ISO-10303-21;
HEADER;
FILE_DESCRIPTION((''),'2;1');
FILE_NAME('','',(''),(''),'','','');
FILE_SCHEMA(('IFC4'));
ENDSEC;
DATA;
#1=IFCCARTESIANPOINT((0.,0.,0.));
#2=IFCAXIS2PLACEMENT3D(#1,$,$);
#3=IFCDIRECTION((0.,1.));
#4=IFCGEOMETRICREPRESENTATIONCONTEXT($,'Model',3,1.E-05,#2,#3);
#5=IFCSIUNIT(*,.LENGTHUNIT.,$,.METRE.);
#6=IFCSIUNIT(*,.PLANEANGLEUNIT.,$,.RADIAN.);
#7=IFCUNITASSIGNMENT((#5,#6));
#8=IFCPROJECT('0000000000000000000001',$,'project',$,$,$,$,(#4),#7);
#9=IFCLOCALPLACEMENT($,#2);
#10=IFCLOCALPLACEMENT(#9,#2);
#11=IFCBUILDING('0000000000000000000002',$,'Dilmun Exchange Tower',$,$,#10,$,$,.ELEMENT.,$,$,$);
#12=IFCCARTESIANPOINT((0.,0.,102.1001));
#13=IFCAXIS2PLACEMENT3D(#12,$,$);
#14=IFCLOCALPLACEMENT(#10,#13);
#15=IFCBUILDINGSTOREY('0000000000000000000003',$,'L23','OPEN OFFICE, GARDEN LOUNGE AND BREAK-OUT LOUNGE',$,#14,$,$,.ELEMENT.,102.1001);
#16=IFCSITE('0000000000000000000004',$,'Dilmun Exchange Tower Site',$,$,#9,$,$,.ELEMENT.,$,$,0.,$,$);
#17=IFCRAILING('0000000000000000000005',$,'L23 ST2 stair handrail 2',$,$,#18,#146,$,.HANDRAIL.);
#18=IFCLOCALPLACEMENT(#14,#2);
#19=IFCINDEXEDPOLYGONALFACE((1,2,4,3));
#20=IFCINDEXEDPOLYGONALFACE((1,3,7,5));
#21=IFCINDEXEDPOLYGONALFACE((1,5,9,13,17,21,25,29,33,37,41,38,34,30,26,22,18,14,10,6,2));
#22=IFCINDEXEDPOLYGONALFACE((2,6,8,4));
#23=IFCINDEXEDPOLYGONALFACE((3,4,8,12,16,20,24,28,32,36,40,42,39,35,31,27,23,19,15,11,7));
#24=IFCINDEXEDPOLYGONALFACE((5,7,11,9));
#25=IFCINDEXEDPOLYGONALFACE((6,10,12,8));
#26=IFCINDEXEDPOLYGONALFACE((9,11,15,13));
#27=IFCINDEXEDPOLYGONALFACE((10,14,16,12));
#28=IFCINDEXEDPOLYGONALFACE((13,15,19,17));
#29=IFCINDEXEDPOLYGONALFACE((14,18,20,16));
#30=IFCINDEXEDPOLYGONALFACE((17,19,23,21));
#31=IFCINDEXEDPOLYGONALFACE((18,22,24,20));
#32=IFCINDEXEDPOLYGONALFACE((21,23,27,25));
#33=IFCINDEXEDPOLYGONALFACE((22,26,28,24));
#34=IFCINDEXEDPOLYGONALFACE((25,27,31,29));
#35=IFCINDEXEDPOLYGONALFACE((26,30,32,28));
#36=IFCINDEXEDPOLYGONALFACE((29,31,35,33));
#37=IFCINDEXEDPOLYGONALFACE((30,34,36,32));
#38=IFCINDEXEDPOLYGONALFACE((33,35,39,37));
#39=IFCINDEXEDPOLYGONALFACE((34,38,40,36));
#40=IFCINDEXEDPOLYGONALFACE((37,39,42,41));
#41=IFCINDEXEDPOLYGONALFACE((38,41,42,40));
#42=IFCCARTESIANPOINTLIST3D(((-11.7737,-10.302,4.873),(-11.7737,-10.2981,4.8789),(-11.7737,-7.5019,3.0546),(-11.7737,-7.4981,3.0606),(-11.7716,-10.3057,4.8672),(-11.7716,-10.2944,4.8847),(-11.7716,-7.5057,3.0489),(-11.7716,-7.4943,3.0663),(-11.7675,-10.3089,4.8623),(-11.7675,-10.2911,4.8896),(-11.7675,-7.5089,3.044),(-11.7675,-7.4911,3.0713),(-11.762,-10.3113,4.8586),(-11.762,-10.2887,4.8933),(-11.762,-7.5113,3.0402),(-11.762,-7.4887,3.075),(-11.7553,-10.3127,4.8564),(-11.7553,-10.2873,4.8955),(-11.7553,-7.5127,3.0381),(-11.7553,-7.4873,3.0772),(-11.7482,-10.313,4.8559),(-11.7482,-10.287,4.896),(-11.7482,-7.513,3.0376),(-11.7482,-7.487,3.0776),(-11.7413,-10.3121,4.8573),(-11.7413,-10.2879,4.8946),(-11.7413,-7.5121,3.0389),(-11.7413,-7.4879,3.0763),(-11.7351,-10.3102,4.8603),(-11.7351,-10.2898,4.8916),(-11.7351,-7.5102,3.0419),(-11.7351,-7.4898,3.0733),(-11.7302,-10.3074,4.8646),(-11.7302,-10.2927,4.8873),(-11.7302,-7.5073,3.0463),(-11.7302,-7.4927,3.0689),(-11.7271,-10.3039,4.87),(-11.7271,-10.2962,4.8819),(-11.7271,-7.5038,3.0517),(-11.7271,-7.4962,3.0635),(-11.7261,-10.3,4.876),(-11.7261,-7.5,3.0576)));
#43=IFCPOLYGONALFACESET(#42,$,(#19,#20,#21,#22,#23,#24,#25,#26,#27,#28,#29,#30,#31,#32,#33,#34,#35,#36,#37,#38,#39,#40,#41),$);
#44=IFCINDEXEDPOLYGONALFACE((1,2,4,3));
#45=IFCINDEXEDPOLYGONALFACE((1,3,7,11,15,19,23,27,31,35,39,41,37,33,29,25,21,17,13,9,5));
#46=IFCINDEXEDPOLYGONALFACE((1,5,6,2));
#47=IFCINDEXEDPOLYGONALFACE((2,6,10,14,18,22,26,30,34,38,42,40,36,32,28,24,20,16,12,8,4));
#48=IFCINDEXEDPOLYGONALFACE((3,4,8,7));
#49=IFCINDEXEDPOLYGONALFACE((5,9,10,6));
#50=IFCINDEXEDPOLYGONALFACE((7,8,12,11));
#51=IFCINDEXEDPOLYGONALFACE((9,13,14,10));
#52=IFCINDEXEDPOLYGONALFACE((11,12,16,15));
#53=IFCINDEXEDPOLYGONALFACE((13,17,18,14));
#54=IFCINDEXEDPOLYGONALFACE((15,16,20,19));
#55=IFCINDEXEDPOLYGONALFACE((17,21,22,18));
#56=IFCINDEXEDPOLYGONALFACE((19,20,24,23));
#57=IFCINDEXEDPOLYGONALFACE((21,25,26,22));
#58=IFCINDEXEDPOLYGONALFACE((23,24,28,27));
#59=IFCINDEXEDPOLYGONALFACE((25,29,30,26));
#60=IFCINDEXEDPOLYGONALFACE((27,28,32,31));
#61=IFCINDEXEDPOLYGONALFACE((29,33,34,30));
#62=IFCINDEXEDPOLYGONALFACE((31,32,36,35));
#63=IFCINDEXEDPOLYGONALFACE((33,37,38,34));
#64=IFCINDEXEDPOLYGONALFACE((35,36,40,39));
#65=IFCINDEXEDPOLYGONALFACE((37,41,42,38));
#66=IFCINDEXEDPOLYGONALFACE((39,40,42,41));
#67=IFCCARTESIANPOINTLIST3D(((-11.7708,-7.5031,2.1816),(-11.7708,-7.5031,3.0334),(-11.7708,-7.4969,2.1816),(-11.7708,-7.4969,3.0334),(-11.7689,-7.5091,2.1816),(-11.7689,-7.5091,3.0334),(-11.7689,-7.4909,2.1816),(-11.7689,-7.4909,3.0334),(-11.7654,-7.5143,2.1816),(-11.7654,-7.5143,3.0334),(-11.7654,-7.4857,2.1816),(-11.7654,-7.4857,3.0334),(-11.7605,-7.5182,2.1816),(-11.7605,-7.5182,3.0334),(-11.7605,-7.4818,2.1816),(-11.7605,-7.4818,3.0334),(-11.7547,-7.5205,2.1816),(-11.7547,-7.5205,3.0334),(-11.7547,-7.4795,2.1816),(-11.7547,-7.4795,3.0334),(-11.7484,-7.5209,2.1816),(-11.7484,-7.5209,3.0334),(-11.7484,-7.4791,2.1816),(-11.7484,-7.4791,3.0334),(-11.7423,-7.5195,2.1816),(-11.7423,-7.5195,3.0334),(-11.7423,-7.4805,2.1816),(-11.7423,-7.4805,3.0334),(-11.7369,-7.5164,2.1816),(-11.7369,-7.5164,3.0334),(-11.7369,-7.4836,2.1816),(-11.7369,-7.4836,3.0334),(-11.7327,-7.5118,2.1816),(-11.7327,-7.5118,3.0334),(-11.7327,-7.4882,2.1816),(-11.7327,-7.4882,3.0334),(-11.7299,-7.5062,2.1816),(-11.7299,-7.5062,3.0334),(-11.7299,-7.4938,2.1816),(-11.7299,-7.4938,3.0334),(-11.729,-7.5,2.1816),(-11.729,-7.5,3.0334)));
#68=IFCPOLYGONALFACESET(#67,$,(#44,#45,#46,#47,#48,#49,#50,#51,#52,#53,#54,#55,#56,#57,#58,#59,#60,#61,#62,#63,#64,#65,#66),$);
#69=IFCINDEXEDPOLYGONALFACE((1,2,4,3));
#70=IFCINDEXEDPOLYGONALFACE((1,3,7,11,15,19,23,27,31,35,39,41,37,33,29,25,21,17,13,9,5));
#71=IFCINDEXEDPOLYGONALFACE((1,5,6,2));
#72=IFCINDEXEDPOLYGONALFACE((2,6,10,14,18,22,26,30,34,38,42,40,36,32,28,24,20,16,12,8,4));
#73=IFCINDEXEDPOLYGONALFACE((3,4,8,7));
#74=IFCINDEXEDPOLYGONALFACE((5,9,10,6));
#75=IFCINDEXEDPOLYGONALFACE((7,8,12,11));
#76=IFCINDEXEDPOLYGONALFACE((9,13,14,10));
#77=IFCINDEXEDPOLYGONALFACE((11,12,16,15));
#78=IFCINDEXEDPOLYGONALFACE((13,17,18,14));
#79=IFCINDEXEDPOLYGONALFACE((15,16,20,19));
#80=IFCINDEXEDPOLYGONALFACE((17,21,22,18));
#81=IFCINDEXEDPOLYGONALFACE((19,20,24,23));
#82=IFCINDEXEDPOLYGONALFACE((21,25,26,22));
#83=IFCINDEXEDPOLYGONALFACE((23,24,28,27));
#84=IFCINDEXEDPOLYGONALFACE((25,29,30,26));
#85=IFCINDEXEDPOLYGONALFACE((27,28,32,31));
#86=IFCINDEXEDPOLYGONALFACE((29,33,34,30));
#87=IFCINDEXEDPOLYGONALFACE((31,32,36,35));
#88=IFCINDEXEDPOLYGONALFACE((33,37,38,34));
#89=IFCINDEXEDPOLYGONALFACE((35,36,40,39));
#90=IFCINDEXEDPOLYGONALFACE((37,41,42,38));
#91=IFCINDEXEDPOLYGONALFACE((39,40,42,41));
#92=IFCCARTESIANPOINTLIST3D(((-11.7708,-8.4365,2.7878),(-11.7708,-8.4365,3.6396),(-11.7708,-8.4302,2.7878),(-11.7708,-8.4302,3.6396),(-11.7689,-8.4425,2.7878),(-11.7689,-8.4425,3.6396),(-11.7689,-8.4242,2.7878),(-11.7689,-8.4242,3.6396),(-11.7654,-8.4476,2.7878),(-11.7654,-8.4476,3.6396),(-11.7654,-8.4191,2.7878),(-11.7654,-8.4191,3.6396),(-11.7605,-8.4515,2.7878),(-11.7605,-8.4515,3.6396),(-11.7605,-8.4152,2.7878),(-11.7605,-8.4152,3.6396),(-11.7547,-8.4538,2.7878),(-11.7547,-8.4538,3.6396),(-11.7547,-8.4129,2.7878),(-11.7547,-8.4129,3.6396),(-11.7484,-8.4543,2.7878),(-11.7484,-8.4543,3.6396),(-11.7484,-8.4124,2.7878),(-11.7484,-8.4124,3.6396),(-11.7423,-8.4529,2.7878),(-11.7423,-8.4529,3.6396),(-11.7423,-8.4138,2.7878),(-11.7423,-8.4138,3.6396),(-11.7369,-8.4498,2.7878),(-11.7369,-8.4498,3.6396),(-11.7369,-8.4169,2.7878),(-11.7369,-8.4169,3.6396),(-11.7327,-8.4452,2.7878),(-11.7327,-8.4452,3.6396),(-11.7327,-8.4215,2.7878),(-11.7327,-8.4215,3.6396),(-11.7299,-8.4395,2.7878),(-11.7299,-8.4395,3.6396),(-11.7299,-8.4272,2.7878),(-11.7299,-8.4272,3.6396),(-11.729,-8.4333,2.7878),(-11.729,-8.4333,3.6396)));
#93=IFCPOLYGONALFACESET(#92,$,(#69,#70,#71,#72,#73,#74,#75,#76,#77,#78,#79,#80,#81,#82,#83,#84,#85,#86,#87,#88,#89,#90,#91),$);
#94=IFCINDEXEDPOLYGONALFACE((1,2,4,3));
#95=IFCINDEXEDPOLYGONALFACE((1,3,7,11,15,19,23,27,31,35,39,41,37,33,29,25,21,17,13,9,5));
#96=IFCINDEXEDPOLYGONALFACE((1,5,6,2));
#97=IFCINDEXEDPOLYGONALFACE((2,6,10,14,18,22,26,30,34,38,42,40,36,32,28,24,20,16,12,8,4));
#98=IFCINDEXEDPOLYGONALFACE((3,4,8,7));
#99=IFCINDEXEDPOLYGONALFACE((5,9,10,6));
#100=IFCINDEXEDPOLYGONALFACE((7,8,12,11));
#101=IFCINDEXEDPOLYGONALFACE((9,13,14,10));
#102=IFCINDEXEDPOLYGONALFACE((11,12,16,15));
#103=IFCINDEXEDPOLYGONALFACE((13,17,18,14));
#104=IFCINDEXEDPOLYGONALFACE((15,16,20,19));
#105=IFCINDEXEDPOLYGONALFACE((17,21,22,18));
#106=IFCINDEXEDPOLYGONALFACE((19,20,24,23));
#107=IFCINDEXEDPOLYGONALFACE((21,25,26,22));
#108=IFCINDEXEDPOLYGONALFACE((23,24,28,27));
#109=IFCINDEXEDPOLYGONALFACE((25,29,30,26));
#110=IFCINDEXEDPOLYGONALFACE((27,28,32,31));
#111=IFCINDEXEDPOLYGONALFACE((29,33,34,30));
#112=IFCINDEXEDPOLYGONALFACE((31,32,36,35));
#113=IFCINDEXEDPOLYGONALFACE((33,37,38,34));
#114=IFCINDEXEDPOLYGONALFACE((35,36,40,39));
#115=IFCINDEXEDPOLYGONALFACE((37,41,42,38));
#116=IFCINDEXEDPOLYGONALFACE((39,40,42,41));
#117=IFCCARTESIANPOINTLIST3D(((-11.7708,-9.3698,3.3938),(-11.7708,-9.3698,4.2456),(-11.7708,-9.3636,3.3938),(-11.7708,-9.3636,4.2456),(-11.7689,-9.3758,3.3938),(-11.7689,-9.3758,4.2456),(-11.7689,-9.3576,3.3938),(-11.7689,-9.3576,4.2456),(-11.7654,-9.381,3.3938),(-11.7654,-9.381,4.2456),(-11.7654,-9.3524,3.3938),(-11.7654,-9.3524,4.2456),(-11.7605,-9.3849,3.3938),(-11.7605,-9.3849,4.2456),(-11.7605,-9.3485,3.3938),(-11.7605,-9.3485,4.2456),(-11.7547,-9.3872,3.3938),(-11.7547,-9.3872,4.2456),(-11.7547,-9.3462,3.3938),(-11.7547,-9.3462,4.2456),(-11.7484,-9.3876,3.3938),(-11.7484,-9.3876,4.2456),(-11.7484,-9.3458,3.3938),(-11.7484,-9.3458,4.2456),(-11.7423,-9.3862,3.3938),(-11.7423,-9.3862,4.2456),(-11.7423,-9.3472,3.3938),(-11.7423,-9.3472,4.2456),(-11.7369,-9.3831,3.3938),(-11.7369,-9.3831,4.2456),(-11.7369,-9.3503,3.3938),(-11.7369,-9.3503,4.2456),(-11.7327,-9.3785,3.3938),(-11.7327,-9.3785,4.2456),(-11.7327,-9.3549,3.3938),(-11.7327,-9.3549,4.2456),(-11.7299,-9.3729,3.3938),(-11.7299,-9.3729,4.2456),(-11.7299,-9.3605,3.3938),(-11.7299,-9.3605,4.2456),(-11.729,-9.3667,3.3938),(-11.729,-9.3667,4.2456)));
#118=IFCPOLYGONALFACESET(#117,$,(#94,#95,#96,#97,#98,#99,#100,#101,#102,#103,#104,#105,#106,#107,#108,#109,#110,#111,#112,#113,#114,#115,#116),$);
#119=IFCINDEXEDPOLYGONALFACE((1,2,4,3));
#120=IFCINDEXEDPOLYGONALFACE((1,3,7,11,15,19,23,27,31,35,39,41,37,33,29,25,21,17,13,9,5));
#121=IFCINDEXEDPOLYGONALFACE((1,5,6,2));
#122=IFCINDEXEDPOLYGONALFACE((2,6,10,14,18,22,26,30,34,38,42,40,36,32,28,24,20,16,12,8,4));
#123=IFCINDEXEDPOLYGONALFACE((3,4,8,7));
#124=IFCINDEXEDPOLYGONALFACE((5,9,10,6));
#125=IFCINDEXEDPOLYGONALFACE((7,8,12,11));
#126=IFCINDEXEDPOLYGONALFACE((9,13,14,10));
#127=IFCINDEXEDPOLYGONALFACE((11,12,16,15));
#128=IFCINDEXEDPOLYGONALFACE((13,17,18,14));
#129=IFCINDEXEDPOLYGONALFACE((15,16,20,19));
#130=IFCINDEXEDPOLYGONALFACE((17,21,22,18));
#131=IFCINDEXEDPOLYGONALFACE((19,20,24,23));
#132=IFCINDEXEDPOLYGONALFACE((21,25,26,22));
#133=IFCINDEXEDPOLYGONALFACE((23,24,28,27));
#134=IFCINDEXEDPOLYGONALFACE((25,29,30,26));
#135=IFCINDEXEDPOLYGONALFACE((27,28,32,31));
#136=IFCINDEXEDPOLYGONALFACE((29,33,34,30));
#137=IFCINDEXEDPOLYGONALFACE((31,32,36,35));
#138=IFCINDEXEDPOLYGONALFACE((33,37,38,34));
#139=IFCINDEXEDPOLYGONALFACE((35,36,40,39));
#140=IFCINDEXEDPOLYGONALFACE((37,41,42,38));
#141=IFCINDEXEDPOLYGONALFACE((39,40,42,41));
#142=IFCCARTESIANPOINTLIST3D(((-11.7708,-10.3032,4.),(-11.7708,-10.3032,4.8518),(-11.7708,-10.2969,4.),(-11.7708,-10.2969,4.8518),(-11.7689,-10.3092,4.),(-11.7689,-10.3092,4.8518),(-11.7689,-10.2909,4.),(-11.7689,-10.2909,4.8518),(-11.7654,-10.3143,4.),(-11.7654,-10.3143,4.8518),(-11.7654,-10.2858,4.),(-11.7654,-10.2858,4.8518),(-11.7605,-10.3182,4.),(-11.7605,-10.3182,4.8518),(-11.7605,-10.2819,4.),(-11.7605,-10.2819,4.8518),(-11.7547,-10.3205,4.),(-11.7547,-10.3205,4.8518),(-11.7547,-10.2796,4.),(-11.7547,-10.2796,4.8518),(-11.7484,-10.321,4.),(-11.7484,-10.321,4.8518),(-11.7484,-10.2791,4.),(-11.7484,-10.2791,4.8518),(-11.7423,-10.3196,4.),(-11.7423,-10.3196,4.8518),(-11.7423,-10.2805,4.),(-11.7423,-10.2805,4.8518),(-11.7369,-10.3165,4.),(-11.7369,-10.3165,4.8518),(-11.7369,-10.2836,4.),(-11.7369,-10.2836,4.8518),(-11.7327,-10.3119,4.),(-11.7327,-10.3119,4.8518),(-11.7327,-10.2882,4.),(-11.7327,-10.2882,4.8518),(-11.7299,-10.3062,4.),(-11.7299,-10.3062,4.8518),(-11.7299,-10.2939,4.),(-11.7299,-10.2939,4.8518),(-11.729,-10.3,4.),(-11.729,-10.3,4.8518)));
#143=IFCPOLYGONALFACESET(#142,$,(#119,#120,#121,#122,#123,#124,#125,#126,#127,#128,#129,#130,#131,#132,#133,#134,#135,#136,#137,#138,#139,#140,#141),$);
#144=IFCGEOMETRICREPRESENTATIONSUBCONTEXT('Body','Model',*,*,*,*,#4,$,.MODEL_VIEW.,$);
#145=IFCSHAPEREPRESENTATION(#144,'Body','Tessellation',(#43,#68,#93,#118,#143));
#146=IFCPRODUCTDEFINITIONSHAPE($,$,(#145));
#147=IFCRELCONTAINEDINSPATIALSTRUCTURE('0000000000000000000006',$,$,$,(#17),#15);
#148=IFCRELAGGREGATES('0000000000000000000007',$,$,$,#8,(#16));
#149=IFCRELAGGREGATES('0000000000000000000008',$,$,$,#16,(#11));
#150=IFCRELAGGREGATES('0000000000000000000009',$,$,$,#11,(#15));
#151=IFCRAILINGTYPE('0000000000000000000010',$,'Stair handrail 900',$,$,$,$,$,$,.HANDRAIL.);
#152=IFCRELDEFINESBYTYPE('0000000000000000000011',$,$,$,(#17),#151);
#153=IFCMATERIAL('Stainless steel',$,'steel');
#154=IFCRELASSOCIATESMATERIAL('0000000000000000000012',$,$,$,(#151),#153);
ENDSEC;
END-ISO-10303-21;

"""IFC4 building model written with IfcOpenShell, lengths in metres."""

from ifc_helpers import new_model, si_unit, direction, frame, origin, origin_2d, place, context, subcontext, project, spatial, circle, extrude, material, type_object, element, save


model = new_model("IFC4")

# Units and contexts
model_context = context("Model", 3, precision=1e-05, world=origin(), true_north=direction((0.0, 1.0)))
body_context = subcontext(model_context, "Body", "Model", "MODEL_VIEW")
ifc_project = project(units=[si_unit("LENGTHUNIT", "METRE"), si_unit("PLANEANGLEUNIT", "RADIAN")], contexts=[model_context])

# Site, building, storey
site_placement = place(None, origin())
site = spatial("IfcSite", under=ifc_project, at=site_placement, Name="Dilmun Exchange Tower Site", CompositionType="ELEMENT", RefElevation=0.0)
building_placement = place(site_placement, origin())
building = spatial("IfcBuilding", under=site, at=building_placement, Name="Dilmun Exchange Tower", CompositionType="ELEMENT")
storey_placement = place(building_placement, frame((0.0, 0.0, 102.1001)))
storey = spatial("IfcBuildingStorey", under=building, at=storey_placement, Name="L23", Description="OPEN OFFICE, GARDEN LOUNGE AND BREAK-OUT LOUNGE", CompositionType="ELEMENT", Elevation=102.1001)

# Railing
ifc_material_1 = material(Name="Stainless steel", Category="steel")
railing_type = type_object("IfcRailingType", Name="Stair handrail 900", PredefinedType="HANDRAIL", material=ifc_material_1)
railing_placement = place(storey_placement, frame((-11.75, -7.5, 2.1816)))
element("IfcRailing", 1, at=railing_placement, inside=storey, type_object=railing_type, Name="L23 ST2 stair handrail 2", PredefinedType="HANDRAIL", context=body_context, shape_type="SweptSolid", body=[
    extrude(circle(Radius=0.0239, at=origin_2d()), frame((0.0, 0.0, 0.876), z_axis=(0.0, -0.838672, 0.544636), x_axis=(1.0, 0.0, 0.0)), (0.0, 0.0, 1.0), 3.3386),
    extrude(circle(Radius=0.021, at=origin_2d()), origin(), (0.0, 0.0, 1.0), 0.8518),
    extrude(circle(Radius=0.021, at=origin_2d()), frame((0.0, -0.9333, 0.6062)), (0.0, 0.0, 1.0), 0.8518),
    extrude(circle(Radius=0.021, at=origin_2d()), frame((0.0, -1.8667, 1.2122)), (0.0, 0.0, 1.0), 0.8518),
    extrude(circle(Radius=0.021, at=origin_2d()), frame((0.0, -2.8, 1.8184)), (0.0, 0.0, 1.0), 0.8518),
])

save(model, "model.ifc")
